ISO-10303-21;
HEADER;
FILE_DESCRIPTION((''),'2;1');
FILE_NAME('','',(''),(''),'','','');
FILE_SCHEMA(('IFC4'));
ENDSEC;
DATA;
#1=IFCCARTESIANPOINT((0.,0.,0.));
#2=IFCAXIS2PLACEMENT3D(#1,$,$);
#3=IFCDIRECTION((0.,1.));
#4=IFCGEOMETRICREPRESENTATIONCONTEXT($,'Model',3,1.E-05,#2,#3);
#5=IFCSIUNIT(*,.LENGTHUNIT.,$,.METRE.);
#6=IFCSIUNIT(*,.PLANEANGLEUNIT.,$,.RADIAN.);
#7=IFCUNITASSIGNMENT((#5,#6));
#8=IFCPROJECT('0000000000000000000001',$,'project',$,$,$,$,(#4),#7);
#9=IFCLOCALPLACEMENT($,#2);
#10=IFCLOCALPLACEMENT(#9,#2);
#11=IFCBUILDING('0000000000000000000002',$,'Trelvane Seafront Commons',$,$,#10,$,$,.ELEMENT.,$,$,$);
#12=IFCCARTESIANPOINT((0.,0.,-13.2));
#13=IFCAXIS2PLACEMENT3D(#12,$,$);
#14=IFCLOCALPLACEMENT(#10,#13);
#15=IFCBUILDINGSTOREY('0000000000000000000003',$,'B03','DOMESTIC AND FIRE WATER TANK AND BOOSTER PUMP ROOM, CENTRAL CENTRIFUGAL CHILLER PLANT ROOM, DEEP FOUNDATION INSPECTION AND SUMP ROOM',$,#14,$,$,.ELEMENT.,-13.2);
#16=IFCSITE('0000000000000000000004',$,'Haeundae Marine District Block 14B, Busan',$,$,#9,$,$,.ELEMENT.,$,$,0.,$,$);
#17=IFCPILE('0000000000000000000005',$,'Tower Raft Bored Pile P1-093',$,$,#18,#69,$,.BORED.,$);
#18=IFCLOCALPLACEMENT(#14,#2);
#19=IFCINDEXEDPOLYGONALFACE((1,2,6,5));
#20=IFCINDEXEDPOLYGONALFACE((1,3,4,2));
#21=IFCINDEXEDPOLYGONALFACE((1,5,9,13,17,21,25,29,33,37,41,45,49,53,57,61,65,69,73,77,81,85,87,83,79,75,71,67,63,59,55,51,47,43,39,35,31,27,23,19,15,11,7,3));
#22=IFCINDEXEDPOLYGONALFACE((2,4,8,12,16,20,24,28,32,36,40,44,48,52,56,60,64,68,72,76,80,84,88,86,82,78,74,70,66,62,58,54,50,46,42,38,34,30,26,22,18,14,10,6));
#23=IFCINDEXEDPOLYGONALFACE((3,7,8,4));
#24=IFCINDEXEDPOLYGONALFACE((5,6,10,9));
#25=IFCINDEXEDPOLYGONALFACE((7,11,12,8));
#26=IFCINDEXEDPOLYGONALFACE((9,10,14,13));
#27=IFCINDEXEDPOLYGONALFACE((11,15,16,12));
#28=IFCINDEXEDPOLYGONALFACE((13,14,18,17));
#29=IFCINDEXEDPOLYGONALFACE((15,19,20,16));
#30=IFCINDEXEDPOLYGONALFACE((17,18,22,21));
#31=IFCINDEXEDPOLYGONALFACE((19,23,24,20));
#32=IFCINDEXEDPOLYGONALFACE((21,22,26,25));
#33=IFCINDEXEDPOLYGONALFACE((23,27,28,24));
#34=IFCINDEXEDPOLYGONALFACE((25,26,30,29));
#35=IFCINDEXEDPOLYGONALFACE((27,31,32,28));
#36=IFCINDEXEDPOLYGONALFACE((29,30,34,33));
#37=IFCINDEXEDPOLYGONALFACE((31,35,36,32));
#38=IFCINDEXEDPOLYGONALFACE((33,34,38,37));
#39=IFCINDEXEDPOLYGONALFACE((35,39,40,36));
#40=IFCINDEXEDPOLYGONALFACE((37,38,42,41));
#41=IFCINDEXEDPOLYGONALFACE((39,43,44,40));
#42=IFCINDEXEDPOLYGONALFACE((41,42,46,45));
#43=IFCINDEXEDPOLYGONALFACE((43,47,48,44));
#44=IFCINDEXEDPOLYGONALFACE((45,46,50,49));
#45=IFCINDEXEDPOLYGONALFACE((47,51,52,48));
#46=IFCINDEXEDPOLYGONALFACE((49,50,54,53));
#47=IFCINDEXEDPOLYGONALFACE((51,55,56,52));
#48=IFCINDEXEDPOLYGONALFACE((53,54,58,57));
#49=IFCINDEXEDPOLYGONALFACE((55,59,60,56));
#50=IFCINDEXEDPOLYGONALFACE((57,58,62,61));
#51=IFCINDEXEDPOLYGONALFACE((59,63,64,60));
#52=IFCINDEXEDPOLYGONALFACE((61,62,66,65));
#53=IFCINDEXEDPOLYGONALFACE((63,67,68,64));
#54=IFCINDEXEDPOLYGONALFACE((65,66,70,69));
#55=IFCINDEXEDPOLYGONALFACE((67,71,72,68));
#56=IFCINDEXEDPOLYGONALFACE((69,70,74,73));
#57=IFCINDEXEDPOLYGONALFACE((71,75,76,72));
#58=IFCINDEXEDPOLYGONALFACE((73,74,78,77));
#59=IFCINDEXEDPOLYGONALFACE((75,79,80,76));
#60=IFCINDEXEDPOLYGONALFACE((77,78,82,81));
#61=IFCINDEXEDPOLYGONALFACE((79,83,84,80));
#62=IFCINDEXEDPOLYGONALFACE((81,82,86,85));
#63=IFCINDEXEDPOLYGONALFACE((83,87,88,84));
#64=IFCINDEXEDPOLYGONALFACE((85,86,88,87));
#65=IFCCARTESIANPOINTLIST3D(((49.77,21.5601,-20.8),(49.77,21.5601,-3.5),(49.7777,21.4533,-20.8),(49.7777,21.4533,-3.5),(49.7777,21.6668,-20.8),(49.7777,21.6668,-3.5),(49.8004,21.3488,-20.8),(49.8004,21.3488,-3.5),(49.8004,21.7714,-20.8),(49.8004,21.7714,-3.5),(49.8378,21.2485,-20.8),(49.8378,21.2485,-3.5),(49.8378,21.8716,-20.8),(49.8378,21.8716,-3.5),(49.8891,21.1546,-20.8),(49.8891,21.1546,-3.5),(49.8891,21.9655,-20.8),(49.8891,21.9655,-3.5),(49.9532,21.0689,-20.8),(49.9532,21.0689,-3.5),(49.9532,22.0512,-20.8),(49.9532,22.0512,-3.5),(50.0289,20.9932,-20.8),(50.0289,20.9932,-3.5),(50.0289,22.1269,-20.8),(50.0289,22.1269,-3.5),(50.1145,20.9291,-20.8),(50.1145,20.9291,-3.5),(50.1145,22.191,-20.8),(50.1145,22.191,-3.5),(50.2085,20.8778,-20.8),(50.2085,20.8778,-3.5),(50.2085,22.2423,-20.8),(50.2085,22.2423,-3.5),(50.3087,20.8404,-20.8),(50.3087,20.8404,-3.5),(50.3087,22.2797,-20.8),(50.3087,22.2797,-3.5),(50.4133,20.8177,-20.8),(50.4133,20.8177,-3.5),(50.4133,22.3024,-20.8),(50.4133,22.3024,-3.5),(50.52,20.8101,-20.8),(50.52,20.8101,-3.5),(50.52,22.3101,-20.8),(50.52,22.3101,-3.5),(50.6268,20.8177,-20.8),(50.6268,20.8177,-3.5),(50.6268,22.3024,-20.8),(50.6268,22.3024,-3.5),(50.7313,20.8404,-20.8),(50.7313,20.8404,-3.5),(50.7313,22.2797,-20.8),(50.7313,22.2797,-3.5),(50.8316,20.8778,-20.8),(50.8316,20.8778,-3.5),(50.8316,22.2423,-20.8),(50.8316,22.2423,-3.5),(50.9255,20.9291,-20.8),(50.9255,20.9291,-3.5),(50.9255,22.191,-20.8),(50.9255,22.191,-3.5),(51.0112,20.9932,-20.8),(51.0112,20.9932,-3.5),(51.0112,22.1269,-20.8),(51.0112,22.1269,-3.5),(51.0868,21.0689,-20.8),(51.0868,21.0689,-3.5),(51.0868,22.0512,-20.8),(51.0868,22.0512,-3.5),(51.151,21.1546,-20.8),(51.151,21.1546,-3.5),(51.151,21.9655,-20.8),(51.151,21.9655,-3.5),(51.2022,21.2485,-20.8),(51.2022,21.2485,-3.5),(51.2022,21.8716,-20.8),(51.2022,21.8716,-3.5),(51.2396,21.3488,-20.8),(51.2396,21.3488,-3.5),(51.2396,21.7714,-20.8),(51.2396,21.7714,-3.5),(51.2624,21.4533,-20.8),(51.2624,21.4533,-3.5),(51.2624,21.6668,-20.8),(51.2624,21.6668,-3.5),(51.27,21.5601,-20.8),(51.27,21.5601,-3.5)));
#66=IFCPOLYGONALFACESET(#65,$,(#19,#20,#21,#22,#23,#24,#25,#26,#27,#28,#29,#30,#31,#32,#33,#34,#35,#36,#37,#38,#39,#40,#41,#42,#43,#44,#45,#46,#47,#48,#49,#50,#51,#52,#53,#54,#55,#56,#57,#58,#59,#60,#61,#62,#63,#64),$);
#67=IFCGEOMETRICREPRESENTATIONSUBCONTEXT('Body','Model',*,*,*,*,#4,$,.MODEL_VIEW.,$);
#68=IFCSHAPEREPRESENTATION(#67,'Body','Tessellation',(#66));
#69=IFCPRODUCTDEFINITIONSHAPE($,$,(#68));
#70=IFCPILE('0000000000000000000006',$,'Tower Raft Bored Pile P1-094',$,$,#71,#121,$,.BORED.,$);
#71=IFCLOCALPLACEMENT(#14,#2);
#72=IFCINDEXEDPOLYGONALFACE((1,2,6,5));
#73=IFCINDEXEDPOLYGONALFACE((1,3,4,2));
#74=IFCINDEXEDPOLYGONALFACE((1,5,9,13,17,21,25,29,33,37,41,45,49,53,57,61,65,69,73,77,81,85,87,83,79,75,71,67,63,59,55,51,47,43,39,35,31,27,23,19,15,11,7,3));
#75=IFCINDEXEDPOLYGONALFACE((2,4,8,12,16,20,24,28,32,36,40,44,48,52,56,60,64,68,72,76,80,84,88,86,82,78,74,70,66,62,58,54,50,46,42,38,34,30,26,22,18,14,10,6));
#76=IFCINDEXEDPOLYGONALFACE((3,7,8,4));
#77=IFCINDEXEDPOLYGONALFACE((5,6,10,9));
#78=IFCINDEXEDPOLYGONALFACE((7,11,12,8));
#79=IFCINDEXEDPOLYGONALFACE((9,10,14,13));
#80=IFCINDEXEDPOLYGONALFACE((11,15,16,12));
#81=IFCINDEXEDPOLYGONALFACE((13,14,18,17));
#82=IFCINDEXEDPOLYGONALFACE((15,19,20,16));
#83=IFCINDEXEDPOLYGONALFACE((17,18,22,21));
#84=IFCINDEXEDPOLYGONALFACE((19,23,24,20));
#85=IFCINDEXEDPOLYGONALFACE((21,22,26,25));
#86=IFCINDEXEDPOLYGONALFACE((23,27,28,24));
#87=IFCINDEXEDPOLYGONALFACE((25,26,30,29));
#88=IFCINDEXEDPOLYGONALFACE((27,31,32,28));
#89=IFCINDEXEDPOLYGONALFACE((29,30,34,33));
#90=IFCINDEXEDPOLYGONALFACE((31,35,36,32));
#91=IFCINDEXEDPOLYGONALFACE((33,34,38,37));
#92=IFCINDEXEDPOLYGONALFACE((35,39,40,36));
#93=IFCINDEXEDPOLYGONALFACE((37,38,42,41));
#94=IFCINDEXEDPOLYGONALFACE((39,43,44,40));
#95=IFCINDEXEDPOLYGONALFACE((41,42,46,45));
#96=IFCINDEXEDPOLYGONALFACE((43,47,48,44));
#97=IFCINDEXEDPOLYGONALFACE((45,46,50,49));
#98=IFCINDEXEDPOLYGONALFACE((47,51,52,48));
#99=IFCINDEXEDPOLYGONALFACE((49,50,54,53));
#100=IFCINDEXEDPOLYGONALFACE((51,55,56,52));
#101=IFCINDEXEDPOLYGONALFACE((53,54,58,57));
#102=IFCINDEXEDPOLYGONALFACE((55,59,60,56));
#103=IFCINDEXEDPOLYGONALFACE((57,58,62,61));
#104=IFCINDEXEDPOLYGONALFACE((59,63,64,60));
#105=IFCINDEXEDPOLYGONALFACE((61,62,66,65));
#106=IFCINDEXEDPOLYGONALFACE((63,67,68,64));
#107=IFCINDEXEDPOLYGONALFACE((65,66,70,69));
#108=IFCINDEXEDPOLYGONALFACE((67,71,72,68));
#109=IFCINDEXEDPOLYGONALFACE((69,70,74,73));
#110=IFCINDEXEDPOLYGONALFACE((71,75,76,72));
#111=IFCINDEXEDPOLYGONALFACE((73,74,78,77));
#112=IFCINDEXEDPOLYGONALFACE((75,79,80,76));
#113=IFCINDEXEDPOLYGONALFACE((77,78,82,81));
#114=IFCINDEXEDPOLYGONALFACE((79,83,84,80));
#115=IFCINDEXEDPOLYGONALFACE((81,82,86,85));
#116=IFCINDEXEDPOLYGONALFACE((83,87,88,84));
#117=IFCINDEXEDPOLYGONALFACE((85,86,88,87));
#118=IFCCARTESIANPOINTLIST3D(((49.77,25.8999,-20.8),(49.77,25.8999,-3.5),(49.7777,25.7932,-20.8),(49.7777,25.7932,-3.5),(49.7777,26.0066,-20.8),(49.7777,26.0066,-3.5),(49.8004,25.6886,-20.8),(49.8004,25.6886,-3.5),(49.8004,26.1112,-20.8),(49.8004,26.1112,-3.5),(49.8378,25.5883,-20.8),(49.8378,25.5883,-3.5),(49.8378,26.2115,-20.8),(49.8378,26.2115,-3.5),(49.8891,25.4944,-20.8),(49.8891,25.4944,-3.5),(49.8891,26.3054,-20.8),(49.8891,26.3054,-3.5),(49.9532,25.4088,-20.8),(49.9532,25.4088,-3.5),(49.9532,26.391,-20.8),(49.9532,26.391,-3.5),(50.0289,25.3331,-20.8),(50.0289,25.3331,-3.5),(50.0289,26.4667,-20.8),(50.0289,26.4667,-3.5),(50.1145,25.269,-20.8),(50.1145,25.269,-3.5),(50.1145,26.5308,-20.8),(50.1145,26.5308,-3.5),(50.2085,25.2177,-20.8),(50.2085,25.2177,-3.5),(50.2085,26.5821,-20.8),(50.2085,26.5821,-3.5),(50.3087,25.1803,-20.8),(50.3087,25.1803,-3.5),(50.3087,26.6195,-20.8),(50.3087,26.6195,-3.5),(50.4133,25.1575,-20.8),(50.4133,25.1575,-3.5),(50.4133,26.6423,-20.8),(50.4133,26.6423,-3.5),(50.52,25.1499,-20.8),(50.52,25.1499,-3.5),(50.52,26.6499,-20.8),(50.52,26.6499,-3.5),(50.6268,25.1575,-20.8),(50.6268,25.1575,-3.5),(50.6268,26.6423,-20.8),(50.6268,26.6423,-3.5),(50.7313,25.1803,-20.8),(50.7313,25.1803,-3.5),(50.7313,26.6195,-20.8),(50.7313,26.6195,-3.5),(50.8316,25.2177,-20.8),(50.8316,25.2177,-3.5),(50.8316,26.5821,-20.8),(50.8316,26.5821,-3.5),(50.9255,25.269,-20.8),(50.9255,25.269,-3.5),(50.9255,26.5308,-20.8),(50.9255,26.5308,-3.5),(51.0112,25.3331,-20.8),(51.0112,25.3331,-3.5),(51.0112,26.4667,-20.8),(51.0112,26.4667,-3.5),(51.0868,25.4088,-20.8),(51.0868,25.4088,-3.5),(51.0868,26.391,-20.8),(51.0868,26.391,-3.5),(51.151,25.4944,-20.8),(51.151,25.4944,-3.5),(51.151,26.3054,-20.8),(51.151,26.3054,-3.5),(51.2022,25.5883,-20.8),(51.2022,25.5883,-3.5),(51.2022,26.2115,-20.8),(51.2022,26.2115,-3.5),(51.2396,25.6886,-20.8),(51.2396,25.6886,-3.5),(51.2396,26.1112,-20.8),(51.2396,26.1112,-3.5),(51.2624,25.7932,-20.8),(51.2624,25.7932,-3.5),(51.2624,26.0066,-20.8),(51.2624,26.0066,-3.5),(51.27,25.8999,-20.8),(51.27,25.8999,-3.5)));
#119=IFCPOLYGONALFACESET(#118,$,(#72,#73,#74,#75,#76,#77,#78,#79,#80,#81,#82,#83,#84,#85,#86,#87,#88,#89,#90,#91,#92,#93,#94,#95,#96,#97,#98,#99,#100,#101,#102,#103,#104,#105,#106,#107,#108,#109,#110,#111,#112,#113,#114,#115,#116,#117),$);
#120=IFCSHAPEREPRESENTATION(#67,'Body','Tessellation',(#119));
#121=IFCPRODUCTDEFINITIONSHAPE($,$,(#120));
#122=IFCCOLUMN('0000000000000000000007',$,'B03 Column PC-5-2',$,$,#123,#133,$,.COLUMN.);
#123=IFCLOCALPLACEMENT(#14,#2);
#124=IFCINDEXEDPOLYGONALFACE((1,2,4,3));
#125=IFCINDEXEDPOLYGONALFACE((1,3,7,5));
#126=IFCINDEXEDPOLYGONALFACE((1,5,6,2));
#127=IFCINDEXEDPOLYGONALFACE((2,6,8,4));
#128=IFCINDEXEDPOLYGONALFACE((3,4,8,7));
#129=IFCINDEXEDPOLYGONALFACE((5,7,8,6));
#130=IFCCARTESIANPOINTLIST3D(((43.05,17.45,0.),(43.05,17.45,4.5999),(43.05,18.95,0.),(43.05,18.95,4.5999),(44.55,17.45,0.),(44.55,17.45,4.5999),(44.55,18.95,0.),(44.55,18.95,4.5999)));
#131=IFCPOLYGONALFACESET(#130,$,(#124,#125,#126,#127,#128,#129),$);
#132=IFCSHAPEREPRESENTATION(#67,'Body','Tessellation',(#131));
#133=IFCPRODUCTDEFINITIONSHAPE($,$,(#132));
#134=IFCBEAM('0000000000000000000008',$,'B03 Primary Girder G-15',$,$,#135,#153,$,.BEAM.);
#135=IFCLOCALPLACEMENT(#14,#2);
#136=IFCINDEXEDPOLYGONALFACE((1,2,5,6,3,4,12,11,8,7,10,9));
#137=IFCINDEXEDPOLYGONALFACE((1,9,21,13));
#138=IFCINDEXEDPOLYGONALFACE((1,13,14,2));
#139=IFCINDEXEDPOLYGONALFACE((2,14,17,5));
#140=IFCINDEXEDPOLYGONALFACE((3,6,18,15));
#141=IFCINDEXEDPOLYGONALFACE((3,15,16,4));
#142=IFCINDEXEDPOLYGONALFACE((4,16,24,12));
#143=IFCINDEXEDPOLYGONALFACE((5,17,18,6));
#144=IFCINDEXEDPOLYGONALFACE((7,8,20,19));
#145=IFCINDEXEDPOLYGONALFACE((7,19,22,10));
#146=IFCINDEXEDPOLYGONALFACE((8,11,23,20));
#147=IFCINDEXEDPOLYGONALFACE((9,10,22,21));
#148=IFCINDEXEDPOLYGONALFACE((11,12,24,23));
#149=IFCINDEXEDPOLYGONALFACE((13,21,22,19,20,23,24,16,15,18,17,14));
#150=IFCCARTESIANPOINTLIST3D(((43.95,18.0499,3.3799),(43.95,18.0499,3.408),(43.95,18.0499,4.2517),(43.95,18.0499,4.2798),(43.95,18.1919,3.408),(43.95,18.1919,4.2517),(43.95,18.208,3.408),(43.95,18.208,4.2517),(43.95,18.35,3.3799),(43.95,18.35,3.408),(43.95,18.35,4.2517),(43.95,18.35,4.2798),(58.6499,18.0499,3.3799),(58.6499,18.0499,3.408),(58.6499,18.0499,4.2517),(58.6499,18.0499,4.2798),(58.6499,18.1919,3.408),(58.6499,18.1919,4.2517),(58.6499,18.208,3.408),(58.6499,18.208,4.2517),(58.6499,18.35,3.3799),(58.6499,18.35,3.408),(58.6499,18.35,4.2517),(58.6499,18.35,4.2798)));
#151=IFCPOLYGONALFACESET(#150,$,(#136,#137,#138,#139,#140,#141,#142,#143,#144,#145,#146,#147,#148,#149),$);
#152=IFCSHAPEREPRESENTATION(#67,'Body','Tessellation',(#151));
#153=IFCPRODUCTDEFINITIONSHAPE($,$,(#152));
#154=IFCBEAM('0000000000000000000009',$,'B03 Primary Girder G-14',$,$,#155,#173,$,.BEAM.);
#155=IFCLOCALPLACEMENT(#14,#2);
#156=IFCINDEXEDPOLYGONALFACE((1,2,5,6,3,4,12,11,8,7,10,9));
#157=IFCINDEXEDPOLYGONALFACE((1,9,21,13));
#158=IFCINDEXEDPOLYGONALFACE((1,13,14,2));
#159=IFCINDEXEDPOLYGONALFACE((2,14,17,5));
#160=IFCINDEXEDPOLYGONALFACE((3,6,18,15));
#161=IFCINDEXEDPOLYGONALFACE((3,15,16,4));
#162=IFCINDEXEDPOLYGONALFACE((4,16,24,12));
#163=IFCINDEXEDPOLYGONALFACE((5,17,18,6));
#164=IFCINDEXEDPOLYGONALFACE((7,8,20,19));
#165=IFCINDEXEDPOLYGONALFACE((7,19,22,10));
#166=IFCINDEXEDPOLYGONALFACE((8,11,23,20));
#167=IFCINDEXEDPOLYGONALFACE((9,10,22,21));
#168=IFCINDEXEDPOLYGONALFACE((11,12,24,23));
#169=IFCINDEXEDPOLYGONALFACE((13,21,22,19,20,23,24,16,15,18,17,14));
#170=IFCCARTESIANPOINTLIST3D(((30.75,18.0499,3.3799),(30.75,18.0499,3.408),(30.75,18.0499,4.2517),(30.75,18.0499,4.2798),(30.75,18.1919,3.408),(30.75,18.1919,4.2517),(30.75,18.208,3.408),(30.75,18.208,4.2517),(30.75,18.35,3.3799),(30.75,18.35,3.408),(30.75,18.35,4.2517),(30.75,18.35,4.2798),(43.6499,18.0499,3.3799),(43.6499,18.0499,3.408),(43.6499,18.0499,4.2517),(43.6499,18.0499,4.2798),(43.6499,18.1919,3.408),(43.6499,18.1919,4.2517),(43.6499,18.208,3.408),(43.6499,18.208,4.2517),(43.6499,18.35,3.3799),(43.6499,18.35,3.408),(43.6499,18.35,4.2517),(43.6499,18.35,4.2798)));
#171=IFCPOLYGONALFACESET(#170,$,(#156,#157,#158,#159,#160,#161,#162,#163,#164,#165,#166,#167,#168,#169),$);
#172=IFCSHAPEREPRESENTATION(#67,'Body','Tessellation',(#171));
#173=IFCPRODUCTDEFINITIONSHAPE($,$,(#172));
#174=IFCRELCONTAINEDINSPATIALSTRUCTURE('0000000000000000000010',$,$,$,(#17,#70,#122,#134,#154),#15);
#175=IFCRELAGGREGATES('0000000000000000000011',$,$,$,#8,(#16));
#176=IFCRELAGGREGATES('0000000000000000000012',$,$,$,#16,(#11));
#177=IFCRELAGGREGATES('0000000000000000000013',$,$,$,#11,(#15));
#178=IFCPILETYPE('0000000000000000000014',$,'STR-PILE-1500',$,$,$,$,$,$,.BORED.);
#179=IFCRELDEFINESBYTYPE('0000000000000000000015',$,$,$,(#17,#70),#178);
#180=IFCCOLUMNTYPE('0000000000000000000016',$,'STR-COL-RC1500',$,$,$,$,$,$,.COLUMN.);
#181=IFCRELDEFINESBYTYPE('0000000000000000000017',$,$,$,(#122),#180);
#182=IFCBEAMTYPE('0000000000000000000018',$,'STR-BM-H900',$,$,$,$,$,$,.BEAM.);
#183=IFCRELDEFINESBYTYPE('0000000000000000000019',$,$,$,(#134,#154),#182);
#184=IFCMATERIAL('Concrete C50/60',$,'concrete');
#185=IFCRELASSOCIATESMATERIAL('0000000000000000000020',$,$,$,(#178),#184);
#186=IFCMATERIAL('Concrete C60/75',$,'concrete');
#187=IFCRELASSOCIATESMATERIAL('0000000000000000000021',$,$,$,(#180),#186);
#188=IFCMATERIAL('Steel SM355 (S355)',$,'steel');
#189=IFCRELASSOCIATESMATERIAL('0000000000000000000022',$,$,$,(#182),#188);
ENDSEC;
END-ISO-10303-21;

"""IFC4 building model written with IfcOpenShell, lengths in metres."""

from ifc_helpers import new_model, si_unit, direction, frame, origin, origin_2d, place, context, subcontext, project, spatial, rectangle, circle, i_section, extrude, source, transform, mapped, material, material_profile, profile_set, type_object, element, save


model = new_model("IFC4")

# Units and contexts
model_context = context("Model", 3, precision=1e-05, world=origin(), true_north=direction((0.0, 1.0)))
body_context = subcontext(model_context, "Body", "Model", "MODEL_VIEW")
ifc_project = project(units=[si_unit("LENGTHUNIT", "METRE"), si_unit("PLANEANGLEUNIT", "RADIAN")], contexts=[model_context])

# Site, building, storey
site_placement = place(None, origin())
site = spatial("IfcSite", under=ifc_project, at=site_placement, Name="Haeundae Marine District Block 14B, Busan", CompositionType="ELEMENT", RefElevation=0.0)
building_placement = place(site_placement, origin())
building = spatial("IfcBuilding", under=site, at=building_placement, Name="Trelvane Seafront Commons", CompositionType="ELEMENT")
storey_placement = place(building_placement, frame((0.0, 0.0, -13.2)))
storey = spatial("IfcBuildingStorey", under=building, at=storey_placement, Name="B03", Description="DOMESTIC AND FIRE WATER TANK AND BOOSTER PUMP ROOM, CENTRAL CENTRIFUGAL CHILLER PLANT ROOM, DEEP FOUNDATION INSPECTION AND SUMP ROOM", CompositionType="ELEMENT", Elevation=-13.2)

# Piles
ifc_material_1 = material(Name="Concrete C50/60", Category="concrete")
ifc_material_profile_1 = material_profile(ifc_material_1, circle(Radius=0.75, at=origin_2d()), Name="PILE-1500")
ifc_profile_set_1 = profile_set([ifc_material_profile_1], Name="Concrete C50/60")
pile_type = type_object("IfcPileType", Name="STR-PILE-1500", PredefinedType="BORED", material=ifc_profile_set_1)
shared_shape_1 = source(origin(), body_context, "Body", "SweptSolid", [
    extrude(circle(Radius=0.75, at=origin_2d()), origin(), (0.0, 0.0, 1.0), 17.3),
])
for number, where, z_axis, x_axis, name in (
    (1, (50.52, 21.5601, -3.5), (0.0, 0.0, -1.0), (1.0, 0.0, 0.0), "Tower Raft Bored Pile P1-093"),
    (2, (50.52, 25.8999, -3.5), (0.0, 0.0, -1.0), (1.0, 0.0, 0.0), "Tower Raft Bored Pile P1-094"),
):
    element("IfcPile", number, at=place(storey_placement, frame(where, z_axis=z_axis, x_axis=x_axis)), inside=storey, type_object=pile_type, Name=name, PredefinedType="BORED", context=body_context, shape_type="MappedRepresentation", body=[
        mapped(shared_shape_1, transform((0.0, 0.0, 0.0), x_axis=(1.0, 0.0, 0.0), y_axis=(0.0, 1.0, 0.0), z_axis=(0.0, 0.0, 1.0), scale=1.0)),
    ])

# Column
ifc_material_2 = material(Name="Concrete C60/75", Category="concrete")
ifc_material_profile_2 = material_profile(ifc_material_2, rectangle(XDim=1.5, YDim=1.5, at=origin_2d()), Name="RC-1500x1500")
ifc_profile_set_2 = profile_set([ifc_material_profile_2], Name="Concrete C60/75")
column_type = type_object("IfcColumnType", Name="STR-COL-RC1500", PredefinedType="COLUMN", material=ifc_profile_set_2)
shared_shape_2 = source(origin(), body_context, "Body", "SweptSolid", [
    extrude(rectangle(XDim=1.5, YDim=1.5, at=origin_2d()), origin(), (0.0, 0.0, 1.0), 4.5999),
])
column_placement = place(storey_placement, frame((43.8, 18.2, 0.0), z_axis=(0.0, 0.0, 1.0), x_axis=(1.0, 0.0, 0.0)))
element("IfcColumn", 3, at=column_placement, inside=storey, type_object=column_type, Name="B03 Column PC-5-2", PredefinedType="COLUMN", context=body_context, shape_type="MappedRepresentation", body=[
    mapped(shared_shape_2, transform((0.0, 0.0, 0.0), x_axis=(1.0, 0.0, 0.0), y_axis=(0.0, 1.0, 0.0), z_axis=(0.0, 0.0, 1.0), scale=1.0)),
])

# Beams
ifc_material_3 = material(Name="Steel SM355 (S355)", Category="steel")
ifc_material_profile_3 = material_profile(ifc_material_3, i_section(OverallWidth=0.3, OverallDepth=0.8999, WebThickness=0.0161, FlangeThickness=0.0281, at=origin_2d()), Name="H-900x300x16x28")
ifc_profile_set_3 = profile_set([ifc_material_profile_3], Name="Steel SM355 (S355)")
beam_type_1 = type_object("IfcBeamType", Name="STR-BM-H900", PredefinedType="BEAM", material=ifc_profile_set_3)
shared_shape_3 = source(origin(), body_context, "Body", "SweptSolid", [
    extrude(i_section(OverallWidth=0.3, OverallDepth=0.8999, WebThickness=0.0161, FlangeThickness=0.0281, at=origin_2d()), origin(), (0.0, 0.0, 1.0), 14.7),
])
beam_1_placement = place(storey_placement, frame((43.95, 18.2, 3.8298), z_axis=(1.0, 0.0, 0.0), x_axis=(0.0, 1.0, 0.0)))
element("IfcBeam", 4, at=beam_1_placement, inside=storey, type_object=beam_type_1, Name="B03 Primary Girder G-15", PredefinedType="BEAM", context=body_context, shape_type="MappedRepresentation", body=[
    mapped(shared_shape_3, transform((0.0, 0.0, 0.0), x_axis=(1.0, 0.0, 0.0), y_axis=(0.0, 1.0, 0.0), z_axis=(0.0, 0.0, 1.0), scale=1.0)),
])
shared_shape_4 = source(origin(), body_context, "Body", "SweptSolid", [
    extrude(i_section(OverallWidth=0.3, OverallDepth=0.8999, WebThickness=0.0161, FlangeThickness=0.0281, at=origin_2d()), origin(), (0.0, 0.0, 1.0), 12.8999),
])
beam_2_placement = place(storey_placement, frame((30.75, 18.2, 3.8298), z_axis=(1.0, 0.0, 0.0), x_axis=(0.0, 1.0, 0.0)))
element("IfcBeam", 5, at=beam_2_placement, inside=storey, type_object=beam_type_1, Name="B03 Primary Girder G-14", PredefinedType="BEAM", context=body_context, shape_type="MappedRepresentation", body=[
    mapped(shared_shape_4, transform((0.0, 0.0, 0.0), x_axis=(1.0, 0.0, 0.0), y_axis=(0.0, 1.0, 0.0), z_axis=(0.0, 0.0, 1.0), scale=1.0)),
])

save(model, "model.ifc")
